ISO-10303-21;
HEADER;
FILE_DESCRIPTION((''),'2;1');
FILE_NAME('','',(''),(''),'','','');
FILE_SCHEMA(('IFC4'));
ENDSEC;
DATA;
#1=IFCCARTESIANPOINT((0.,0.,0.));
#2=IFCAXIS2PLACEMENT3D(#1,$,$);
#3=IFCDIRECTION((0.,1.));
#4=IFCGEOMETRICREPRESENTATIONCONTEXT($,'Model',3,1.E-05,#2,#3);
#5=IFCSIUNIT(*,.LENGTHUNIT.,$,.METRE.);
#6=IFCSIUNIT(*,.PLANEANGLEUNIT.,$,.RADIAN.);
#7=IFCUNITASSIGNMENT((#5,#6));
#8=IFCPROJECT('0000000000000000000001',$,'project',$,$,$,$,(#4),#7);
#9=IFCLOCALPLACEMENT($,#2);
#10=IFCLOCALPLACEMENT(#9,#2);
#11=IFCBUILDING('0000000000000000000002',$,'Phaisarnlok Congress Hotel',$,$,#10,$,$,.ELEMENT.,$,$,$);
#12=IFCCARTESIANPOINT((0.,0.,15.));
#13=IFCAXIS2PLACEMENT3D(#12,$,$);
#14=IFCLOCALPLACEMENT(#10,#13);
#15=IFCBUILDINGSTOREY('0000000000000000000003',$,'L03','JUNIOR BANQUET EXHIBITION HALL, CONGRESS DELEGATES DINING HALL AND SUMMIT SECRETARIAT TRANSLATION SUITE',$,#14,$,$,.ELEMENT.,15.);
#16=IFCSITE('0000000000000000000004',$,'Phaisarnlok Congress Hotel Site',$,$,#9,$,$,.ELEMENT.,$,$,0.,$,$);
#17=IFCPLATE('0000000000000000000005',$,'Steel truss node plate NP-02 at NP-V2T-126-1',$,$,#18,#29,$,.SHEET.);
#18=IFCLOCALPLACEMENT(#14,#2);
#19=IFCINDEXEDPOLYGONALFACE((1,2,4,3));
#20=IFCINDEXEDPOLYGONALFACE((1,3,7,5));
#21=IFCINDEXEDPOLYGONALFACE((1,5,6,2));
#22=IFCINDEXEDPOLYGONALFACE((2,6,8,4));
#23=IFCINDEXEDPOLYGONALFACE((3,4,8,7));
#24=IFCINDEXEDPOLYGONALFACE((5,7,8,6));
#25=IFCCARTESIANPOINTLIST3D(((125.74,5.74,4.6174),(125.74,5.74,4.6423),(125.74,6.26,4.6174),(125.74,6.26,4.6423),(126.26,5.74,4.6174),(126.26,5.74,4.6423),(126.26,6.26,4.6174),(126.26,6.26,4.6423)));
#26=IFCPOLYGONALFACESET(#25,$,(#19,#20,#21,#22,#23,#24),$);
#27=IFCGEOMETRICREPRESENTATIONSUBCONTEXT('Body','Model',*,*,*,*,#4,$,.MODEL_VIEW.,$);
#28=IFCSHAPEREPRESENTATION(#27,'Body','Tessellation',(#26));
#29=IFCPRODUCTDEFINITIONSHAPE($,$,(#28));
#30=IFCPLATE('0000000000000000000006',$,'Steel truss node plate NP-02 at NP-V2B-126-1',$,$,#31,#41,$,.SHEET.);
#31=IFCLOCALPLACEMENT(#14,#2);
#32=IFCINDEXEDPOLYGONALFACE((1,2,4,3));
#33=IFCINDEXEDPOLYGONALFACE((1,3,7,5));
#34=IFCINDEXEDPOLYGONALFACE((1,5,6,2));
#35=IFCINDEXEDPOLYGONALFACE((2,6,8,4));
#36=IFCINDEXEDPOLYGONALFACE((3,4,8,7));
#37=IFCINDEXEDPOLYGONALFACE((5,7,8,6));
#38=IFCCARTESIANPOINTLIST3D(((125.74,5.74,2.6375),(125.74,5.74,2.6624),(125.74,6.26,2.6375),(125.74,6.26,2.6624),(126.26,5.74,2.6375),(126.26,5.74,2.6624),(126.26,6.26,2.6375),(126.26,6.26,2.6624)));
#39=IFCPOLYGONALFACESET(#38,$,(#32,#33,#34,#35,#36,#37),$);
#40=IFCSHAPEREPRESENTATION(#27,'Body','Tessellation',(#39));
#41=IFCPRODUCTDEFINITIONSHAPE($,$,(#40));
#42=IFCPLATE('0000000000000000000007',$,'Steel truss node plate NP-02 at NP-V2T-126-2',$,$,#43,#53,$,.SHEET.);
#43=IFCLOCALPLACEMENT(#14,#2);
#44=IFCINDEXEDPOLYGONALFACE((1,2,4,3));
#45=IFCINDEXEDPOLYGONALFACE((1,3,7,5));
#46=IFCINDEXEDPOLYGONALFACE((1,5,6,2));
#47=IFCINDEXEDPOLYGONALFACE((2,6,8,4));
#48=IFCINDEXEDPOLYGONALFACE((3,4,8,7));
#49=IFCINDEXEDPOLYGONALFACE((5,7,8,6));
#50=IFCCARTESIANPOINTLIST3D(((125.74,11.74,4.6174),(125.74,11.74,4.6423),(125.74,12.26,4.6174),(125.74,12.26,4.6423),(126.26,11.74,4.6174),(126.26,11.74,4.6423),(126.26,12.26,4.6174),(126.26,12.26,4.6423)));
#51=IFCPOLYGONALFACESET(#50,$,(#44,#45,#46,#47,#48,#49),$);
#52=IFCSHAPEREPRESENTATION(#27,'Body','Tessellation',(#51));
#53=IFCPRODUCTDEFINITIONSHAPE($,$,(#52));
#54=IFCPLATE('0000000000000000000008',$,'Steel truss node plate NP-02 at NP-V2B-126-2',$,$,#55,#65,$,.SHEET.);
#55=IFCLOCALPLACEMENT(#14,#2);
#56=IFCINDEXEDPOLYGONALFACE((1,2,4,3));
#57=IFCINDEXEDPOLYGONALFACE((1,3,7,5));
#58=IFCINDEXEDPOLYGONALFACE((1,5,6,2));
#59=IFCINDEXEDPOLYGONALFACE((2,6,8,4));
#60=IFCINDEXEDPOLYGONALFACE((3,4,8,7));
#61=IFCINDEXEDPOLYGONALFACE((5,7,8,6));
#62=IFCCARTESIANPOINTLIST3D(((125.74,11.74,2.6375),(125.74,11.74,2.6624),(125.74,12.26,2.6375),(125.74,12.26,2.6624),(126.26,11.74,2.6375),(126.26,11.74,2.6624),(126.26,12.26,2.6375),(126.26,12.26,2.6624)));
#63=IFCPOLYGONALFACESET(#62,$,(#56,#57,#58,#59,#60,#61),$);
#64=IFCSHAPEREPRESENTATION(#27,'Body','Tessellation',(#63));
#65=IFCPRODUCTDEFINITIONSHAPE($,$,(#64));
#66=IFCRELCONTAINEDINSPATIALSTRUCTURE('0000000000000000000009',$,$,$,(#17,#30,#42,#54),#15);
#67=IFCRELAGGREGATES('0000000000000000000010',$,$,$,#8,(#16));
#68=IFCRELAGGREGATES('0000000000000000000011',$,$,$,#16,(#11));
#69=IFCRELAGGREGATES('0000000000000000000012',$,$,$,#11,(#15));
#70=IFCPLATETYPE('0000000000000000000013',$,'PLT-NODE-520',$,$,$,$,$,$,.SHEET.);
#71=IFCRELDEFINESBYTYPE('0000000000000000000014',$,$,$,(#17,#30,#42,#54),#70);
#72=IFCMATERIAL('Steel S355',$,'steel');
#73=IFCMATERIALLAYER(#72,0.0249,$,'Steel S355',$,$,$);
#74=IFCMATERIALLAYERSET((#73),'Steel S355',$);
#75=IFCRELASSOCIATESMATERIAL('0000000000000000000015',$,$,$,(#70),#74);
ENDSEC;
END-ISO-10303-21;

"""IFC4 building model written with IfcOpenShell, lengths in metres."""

from ifc_helpers import new_model, si_unit, direction, frame, origin, origin_2d, place, context, subcontext, project, spatial, rectangle, extrude, material, layer, layer_set, type_object, element, save


model = new_model("IFC4")

# Units and contexts
model_context = context("Model", 3, precision=1e-05, world=origin(), true_north=direction((0.0, 1.0)))
body_context = subcontext(model_context, "Body", "Model", "MODEL_VIEW")
ifc_project = project(units=[si_unit("LENGTHUNIT", "METRE"), si_unit("PLANEANGLEUNIT", "RADIAN")], contexts=[model_context])

# Site, building, storey
site_placement = place(None, origin())
site = spatial("IfcSite", under=ifc_project, at=site_placement, Name="Phaisarnlok Congress Hotel Site", CompositionType="ELEMENT", RefElevation=0.0)
building_placement = place(site_placement, origin())
building = spatial("IfcBuilding", under=site, at=building_placement, Name="Phaisarnlok Congress Hotel", CompositionType="ELEMENT")
storey_placement = place(building_placement, frame((0.0, 0.0, 15.0)))
storey = spatial("IfcBuildingStorey", under=building, at=storey_placement, Name="L03", Description="JUNIOR BANQUET EXHIBITION HALL, CONGRESS DELEGATES DINING HALL AND SUMMIT SECRETARIAT TRANSLATION SUITE", CompositionType="ELEMENT", Elevation=15.0)

# Shared definitions
ifc_material = material(Name="Steel S355", Category="steel")

# Plates
ifc_layer_1 = layer(ifc_material, 0.0249, Name="Steel S355")
ifc_layer_set_1 = layer_set([ifc_layer_1], Name="Steel S355")
plate_type_1 = type_object("IfcPlateType", Name="PLT-NODE-520", PredefinedType="SHEET", material=ifc_layer_set_1)
for number, where, z_axis, x_axis, name in (
    (1, (126.0, 6.0, 4.6174), (0.0, 0.0, 1.0), (1.0, 0.0, 0.0), "Steel truss node plate NP-02 at NP-V2T-126-1"),
    (2, (126.0, 6.0, 2.6375), (0.0, 0.0, 1.0), (1.0, 0.0, 0.0), "Steel truss node plate NP-02 at NP-V2B-126-1"),
    (3, (126.0, 12.0, 4.6174), (0.0, 0.0, 1.0), (1.0, 0.0, 0.0), "Steel truss node plate NP-02 at NP-V2T-126-2"),
    (4, (126.0, 12.0, 2.6375), (0.0, 0.0, 1.0), (1.0, 0.0, 0.0), "Steel truss node plate NP-02 at NP-V2B-126-2"),
):
    element("IfcPlate", number, at=place(storey_placement, frame(where, z_axis=z_axis, x_axis=x_axis)), inside=storey, type_object=plate_type_1, Name=name, PredefinedType="SHEET", context=body_context, shape_type="SweptSolid", body=[
        extrude(rectangle(XDim=0.52, YDim=0.52, at=origin_2d()), origin(), (0.0, 0.0, 1.0), 0.0249),
    ])

save(model, "model.ifc")
